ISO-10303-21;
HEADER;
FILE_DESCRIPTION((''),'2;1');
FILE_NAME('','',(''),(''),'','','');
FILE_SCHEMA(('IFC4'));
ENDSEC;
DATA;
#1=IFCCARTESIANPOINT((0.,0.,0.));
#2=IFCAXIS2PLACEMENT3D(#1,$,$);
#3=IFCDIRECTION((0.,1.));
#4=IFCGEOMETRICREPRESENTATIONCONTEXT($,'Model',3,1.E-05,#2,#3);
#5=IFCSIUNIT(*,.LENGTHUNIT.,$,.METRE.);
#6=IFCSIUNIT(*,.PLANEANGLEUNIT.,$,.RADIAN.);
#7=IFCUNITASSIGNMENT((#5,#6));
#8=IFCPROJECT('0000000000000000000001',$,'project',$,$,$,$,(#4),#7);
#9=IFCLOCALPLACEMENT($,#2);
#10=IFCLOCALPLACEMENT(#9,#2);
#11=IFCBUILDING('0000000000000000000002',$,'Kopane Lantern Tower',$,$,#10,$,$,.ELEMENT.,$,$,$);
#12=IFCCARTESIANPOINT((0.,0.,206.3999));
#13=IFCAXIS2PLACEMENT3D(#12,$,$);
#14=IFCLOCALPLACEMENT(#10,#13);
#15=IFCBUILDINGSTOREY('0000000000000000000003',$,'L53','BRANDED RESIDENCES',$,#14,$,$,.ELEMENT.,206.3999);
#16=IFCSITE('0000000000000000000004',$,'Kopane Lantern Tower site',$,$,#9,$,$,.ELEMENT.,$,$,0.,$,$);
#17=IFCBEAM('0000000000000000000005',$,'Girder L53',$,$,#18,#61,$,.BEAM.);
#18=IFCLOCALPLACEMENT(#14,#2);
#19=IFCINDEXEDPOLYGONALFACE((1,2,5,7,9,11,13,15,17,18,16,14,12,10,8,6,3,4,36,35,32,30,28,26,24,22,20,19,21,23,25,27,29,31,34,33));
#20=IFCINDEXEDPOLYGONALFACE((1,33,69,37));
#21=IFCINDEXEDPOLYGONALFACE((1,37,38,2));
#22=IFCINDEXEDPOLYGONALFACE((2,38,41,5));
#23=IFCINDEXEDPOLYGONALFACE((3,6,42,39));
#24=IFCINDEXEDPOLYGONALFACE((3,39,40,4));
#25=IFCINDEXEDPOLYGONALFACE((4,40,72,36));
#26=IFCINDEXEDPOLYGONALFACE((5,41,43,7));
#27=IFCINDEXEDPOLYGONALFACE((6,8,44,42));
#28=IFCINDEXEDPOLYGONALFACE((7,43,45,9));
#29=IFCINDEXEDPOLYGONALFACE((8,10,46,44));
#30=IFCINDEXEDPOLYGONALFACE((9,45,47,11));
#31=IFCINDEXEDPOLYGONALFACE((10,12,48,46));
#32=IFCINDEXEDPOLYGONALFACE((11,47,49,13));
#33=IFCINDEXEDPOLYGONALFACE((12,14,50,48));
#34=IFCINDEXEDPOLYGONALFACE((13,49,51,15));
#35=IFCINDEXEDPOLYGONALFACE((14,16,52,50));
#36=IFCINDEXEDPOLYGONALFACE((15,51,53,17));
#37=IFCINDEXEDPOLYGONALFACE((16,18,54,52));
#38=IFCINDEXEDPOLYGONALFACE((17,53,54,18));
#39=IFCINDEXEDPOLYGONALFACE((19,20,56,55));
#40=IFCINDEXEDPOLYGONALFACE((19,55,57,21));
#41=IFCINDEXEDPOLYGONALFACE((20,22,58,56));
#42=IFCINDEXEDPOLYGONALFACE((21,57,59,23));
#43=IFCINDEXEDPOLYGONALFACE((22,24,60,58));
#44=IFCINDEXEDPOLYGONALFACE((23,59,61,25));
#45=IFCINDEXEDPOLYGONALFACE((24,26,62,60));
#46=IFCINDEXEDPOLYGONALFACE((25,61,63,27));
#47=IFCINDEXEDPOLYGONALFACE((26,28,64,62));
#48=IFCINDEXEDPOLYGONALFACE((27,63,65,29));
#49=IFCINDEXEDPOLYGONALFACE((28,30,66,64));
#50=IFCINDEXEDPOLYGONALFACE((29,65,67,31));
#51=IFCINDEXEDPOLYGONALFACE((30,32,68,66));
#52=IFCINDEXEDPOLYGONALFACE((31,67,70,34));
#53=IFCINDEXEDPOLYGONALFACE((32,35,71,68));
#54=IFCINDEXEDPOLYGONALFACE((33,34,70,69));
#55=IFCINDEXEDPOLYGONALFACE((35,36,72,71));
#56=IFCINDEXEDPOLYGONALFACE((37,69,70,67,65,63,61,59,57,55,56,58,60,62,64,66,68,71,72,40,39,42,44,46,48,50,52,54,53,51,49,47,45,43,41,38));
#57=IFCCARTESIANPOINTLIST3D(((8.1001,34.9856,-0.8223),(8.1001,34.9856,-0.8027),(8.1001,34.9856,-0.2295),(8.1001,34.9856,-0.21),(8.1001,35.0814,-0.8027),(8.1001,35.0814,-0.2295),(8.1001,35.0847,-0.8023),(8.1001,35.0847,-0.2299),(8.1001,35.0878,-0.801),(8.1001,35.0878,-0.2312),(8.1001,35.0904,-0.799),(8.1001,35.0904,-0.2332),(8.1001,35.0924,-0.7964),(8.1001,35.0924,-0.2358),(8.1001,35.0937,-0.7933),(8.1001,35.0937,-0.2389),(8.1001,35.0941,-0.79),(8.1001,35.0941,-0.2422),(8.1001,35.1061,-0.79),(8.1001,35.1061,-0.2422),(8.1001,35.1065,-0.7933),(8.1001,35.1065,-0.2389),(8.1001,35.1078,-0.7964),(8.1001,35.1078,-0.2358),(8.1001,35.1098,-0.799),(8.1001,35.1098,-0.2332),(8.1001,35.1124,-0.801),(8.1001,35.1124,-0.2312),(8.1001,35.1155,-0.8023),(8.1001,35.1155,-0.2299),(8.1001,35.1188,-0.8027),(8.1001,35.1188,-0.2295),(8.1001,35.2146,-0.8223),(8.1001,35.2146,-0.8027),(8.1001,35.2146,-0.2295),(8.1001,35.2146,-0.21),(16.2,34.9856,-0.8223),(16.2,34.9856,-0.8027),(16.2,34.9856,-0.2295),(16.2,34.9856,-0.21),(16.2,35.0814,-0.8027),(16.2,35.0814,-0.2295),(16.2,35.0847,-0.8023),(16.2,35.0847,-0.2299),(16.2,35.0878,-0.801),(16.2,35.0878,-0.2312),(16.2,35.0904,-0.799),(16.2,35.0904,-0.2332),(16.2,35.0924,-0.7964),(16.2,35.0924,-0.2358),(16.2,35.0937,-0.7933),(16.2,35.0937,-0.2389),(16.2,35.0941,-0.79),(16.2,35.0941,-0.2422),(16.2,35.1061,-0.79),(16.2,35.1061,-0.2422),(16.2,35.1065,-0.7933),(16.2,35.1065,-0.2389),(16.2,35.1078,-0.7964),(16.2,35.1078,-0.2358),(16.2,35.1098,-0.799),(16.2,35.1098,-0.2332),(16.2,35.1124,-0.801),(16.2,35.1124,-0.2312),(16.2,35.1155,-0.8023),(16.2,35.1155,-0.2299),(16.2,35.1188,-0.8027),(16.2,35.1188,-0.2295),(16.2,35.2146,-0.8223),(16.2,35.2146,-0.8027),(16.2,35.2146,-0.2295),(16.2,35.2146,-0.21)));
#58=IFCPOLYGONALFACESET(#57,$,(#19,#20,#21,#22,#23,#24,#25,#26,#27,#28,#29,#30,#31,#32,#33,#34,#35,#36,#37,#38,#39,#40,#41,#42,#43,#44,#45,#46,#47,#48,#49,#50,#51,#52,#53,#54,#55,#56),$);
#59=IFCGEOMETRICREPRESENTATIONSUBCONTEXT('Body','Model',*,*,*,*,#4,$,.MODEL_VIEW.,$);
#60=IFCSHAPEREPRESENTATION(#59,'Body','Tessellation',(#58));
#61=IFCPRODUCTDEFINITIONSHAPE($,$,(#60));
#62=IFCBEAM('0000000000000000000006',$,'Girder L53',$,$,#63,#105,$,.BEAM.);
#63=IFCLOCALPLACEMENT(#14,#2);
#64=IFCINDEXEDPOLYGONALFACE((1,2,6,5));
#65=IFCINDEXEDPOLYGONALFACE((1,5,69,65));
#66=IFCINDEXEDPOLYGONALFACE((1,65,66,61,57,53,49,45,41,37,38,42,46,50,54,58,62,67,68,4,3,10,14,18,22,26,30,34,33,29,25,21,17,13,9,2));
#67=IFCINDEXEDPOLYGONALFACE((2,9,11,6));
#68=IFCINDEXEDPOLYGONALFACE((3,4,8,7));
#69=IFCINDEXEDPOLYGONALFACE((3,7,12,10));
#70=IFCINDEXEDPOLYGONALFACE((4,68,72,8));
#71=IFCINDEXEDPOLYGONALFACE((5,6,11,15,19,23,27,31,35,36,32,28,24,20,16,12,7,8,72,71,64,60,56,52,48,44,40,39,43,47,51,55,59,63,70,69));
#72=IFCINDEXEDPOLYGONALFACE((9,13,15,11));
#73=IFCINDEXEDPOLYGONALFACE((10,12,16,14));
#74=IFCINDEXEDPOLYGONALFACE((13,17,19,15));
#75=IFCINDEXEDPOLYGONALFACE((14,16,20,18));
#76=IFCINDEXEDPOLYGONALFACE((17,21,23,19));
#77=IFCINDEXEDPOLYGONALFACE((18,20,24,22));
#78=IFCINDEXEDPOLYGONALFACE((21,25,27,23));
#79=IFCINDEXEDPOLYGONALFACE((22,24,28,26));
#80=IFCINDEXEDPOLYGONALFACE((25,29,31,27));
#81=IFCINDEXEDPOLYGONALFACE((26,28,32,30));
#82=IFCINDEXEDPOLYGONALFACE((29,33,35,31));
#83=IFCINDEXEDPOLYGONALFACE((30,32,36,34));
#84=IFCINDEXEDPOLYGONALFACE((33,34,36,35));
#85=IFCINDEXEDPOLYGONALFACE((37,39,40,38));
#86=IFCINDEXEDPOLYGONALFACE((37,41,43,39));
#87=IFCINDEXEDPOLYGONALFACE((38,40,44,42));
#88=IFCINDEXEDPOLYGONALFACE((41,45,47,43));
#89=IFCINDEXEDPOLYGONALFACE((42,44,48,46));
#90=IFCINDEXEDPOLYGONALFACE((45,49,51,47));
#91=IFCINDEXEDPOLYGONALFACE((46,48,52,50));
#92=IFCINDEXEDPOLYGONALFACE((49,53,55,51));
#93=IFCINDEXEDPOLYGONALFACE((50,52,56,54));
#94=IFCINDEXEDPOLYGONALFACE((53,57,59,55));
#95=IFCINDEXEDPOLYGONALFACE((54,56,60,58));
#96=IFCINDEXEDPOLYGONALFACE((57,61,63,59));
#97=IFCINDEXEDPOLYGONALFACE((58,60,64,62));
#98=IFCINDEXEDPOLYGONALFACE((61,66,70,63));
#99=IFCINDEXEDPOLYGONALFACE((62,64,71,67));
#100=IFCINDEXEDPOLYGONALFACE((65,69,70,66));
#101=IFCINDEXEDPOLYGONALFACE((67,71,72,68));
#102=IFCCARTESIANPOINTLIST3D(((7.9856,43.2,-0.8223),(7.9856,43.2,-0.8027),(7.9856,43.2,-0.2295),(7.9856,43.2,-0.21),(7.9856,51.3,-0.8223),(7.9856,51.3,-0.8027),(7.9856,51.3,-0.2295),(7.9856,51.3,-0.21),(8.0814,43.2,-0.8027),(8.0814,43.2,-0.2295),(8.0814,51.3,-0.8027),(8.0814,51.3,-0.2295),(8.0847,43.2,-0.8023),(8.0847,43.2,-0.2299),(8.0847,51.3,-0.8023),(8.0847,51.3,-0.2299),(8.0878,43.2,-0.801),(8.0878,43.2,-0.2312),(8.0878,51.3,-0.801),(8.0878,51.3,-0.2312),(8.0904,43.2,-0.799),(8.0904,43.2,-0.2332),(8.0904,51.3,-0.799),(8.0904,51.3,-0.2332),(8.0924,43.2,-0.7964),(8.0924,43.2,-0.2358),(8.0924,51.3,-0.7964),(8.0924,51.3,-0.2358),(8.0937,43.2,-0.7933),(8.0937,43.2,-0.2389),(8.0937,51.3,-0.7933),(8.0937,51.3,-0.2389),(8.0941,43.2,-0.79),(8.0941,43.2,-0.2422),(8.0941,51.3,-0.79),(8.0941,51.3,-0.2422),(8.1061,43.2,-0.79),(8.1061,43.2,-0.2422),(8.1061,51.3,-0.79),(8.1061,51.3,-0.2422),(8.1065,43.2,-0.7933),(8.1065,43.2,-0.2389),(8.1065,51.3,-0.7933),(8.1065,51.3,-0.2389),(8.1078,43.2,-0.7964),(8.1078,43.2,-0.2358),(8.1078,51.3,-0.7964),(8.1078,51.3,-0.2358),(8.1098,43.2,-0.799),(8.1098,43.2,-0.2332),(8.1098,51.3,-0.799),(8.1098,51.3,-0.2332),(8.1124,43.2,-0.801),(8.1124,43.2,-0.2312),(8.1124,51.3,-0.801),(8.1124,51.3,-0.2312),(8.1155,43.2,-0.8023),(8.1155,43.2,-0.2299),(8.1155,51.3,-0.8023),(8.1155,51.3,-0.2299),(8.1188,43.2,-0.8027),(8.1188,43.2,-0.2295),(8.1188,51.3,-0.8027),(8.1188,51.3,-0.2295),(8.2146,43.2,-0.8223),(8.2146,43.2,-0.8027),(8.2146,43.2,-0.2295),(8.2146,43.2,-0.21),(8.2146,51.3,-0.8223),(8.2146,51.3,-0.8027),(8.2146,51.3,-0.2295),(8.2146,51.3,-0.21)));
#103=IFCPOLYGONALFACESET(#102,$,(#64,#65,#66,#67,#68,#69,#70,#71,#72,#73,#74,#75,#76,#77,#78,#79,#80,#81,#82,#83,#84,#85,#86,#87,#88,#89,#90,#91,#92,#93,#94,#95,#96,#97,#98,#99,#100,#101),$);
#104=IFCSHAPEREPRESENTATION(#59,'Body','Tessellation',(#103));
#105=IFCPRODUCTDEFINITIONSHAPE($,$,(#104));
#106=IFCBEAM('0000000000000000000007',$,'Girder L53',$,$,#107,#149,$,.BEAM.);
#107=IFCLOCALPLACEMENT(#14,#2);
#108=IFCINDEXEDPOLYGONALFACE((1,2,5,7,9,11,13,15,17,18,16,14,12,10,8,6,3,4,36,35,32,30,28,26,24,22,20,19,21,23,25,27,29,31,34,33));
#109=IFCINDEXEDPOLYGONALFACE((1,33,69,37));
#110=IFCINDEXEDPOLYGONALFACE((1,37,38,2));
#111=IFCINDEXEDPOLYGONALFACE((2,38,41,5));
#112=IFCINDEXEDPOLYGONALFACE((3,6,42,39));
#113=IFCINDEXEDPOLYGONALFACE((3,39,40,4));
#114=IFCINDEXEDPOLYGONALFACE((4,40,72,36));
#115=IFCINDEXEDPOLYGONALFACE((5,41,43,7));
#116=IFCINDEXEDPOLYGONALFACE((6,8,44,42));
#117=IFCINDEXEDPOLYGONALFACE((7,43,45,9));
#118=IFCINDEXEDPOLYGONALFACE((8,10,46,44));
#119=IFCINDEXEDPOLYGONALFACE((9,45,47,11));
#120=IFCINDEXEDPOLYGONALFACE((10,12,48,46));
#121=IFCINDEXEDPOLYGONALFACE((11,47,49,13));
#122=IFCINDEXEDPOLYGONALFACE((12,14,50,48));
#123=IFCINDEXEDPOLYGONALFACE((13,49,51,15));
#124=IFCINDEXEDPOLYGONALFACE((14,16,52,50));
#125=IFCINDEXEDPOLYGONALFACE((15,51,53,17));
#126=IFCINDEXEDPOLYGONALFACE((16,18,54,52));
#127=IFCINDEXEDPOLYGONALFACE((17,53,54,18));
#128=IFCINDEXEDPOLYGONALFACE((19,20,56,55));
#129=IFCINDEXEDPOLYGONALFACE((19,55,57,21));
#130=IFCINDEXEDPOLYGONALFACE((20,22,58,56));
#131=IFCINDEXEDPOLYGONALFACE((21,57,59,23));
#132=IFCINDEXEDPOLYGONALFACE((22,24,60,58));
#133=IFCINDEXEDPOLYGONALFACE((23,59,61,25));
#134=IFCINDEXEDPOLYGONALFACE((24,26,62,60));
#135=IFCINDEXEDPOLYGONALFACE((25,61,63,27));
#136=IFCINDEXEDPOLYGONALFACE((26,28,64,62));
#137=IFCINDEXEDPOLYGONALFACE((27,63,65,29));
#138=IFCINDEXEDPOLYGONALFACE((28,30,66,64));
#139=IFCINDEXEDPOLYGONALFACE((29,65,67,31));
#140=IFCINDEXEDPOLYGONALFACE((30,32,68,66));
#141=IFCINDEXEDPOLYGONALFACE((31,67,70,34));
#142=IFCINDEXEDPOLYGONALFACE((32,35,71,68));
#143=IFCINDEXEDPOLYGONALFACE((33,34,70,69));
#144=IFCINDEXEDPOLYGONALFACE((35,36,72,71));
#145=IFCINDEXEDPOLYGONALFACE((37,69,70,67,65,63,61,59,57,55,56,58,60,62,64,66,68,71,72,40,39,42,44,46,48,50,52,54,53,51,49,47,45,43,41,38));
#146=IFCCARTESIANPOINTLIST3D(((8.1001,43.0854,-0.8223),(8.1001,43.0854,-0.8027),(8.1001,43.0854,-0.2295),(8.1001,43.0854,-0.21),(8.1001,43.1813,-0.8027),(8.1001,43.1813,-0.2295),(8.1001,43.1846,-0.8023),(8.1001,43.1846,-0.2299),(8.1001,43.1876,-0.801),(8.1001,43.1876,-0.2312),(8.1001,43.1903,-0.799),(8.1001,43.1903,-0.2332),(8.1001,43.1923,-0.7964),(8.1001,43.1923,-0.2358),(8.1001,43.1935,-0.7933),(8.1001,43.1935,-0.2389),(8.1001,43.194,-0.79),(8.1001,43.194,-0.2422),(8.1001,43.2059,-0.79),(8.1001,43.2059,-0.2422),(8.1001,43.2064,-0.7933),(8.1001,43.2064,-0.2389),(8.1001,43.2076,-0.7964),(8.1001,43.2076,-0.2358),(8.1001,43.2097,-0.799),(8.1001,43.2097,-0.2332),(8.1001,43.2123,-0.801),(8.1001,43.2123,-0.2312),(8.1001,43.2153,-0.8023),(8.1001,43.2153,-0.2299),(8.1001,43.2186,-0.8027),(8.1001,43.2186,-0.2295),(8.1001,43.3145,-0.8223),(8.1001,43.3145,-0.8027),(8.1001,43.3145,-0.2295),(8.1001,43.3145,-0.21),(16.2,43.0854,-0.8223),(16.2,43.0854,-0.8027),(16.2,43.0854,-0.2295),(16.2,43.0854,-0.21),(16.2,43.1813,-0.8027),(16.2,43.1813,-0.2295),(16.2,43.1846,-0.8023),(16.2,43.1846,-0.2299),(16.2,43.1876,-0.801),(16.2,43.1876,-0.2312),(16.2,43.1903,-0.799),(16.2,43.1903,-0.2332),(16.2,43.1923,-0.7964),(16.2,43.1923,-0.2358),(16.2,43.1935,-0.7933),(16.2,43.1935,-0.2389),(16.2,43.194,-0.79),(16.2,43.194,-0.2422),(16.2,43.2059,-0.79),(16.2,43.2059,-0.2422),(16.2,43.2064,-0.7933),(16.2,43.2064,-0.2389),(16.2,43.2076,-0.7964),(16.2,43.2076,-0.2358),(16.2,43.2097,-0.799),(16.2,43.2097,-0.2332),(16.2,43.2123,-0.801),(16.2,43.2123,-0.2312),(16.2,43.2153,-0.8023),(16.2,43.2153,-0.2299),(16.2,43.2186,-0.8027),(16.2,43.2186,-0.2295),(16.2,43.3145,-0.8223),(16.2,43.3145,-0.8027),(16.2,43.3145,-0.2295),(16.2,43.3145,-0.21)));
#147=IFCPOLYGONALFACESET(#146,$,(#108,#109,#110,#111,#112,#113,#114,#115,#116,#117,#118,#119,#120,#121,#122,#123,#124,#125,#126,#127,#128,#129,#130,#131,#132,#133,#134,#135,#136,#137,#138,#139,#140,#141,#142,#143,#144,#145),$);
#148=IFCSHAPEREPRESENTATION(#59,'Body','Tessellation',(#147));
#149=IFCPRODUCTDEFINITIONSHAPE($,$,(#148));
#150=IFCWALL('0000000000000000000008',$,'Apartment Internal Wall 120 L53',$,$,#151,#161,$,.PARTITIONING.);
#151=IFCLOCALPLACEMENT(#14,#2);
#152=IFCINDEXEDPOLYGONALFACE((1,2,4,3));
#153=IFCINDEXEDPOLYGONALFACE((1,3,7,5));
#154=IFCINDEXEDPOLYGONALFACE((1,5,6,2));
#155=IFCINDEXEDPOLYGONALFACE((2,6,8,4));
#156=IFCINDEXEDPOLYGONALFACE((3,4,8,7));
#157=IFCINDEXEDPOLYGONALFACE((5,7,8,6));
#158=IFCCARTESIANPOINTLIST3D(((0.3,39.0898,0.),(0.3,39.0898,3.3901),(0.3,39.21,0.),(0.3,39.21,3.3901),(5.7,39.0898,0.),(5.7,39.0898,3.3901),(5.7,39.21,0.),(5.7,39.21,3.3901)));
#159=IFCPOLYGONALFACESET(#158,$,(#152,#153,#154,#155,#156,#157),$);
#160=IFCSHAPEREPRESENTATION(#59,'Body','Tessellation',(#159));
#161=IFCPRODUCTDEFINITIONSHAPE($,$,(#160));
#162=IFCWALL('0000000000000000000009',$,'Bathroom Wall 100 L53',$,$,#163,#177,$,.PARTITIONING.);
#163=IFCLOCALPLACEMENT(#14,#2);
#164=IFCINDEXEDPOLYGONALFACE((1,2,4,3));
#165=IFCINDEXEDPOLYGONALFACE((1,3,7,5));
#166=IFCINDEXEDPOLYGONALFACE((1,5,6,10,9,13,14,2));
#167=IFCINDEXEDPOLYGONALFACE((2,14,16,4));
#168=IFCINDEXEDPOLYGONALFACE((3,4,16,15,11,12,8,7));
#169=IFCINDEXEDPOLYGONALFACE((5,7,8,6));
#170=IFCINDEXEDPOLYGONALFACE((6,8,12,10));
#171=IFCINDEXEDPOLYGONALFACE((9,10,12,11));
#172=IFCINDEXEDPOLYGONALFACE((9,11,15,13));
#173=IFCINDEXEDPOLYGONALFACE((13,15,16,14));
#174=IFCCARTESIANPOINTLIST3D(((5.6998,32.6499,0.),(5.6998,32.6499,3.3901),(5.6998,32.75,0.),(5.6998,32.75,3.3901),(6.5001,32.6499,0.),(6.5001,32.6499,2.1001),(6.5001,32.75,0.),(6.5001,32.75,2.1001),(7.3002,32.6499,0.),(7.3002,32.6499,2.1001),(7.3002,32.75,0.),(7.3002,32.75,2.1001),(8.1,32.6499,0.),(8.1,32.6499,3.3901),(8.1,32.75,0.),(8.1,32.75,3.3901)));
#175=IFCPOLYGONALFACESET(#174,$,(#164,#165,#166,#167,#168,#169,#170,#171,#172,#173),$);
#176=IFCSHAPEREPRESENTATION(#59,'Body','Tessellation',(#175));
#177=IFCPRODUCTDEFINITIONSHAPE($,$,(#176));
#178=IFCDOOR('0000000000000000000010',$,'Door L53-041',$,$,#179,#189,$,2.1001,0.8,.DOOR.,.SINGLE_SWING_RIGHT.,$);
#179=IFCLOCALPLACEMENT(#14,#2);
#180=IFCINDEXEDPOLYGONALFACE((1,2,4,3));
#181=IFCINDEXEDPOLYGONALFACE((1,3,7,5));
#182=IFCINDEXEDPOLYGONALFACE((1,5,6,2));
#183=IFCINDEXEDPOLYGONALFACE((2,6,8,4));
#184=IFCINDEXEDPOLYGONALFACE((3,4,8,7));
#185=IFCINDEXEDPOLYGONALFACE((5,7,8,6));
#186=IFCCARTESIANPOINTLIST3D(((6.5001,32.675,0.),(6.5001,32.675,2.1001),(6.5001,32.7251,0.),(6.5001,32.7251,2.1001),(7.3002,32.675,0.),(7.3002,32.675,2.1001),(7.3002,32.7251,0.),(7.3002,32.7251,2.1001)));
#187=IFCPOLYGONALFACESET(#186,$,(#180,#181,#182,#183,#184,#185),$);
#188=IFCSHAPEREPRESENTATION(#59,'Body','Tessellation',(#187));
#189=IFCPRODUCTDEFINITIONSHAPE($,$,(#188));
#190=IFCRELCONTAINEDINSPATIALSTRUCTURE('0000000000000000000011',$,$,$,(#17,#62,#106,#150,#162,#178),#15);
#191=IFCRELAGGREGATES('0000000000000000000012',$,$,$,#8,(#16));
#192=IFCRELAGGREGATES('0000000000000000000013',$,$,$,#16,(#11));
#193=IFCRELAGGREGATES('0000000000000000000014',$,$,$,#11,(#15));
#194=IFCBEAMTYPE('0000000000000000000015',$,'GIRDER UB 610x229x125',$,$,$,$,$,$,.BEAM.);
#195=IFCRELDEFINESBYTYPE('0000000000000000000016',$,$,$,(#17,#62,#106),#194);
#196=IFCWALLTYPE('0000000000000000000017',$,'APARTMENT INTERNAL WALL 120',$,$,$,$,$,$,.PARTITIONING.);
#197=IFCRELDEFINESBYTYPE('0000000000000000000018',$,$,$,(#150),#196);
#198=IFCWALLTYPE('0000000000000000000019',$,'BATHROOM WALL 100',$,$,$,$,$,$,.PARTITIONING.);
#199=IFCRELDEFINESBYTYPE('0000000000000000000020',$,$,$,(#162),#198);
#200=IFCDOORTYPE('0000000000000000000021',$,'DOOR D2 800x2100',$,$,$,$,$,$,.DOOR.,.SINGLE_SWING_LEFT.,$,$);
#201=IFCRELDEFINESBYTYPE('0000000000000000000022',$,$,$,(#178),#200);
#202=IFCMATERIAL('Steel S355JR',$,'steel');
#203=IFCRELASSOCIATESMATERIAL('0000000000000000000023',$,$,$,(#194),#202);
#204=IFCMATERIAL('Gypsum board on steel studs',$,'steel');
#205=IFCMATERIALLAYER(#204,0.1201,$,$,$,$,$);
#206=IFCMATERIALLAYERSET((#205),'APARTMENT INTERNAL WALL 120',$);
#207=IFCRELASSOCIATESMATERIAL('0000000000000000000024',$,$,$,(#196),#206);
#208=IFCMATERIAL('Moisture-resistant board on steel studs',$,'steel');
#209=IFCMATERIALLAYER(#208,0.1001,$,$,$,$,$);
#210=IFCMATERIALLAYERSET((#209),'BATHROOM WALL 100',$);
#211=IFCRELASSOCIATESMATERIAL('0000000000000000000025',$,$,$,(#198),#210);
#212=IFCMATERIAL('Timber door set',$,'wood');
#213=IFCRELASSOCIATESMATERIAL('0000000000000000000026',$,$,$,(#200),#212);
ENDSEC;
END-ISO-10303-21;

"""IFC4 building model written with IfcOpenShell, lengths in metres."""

from ifc_helpers import new_model, si_unit, direction, frame, frame_2d, origin, origin_2d, place, context, subcontext, project, spatial, rectangle, i_section, extrude, material, layer, layer_set, material_profile, profile_set, type_object, element, fill, save


model = new_model("IFC4")

# Units and contexts
model_context = context("Model", 3, precision=1e-05, world=origin(), true_north=direction((0.0, 1.0)))
body_context = subcontext(model_context, "Body", "Model", "MODEL_VIEW")
ifc_project = project(units=[si_unit("LENGTHUNIT", "METRE"), si_unit("PLANEANGLEUNIT", "RADIAN")], contexts=[model_context])

# Site, building, storey
site_placement = place(None, origin())
site = spatial("IfcSite", under=ifc_project, at=site_placement, Name="Kopane Lantern Tower site", CompositionType="ELEMENT", RefElevation=0.0)
building_placement = place(site_placement, origin())
building = spatial("IfcBuilding", under=site, at=building_placement, Name="Kopane Lantern Tower", CompositionType="ELEMENT")
storey_placement = place(building_placement, frame((0.0, 0.0, 206.3999)))
storey = spatial("IfcBuildingStorey", under=building, at=storey_placement, Name="L53", Description="BRANDED RESIDENCES", CompositionType="ELEMENT", Elevation=206.3999)

# Beams
ifc_material_1 = material(Name="Steel S355JR", Category="steel")
ifc_material_profile_1 = material_profile(ifc_material_1, i_section(OverallWidth=0.229, OverallDepth=0.6123, WebThickness=0.012, FlangeThickness=0.0195, FilletRadius=0.0127, at=origin_2d()), Name="UB 610x229x125")
ifc_profile_set_1 = profile_set([ifc_material_profile_1], Name="Steel S355JR")
beam_type = type_object("IfcBeamType", Name="GIRDER UB 610x229x125", PredefinedType="BEAM", material=ifc_profile_set_1)
for number, where, z_axis, x_axis, name in (
    (1, (8.1001, 35.1001, -0.5161), (1.0, 0.0, 0.0), (0.0, 1.0, 0.0), "Girder L53"),
):
    element("IfcBeam", number, at=place(storey_placement, frame(where, z_axis=z_axis, x_axis=x_axis)), inside=storey, type_object=beam_type, Name=name, PredefinedType="BEAM", context=body_context, shape_type="SweptSolid", body=[
        extrude(i_section(OverallWidth=0.229, OverallDepth=0.6123, WebThickness=0.012, FlangeThickness=0.0195, FilletRadius=0.0127, at=origin_2d()), origin(), (0.0, 0.0, 1.0), 8.0999),
    ])
beam_1_placement = place(storey_placement, frame((8.1001, 43.2, -0.5161), z_axis=(0.0, 1.0, 0.0), x_axis=(-1.0, 0.0, 0.0)))
element("IfcBeam", 2, at=beam_1_placement, inside=storey, type_object=beam_type, Name="Girder L53", PredefinedType="BEAM", context=body_context, shape_type="SweptSolid", body=[
    extrude(i_section(OverallWidth=0.229, OverallDepth=0.6123, WebThickness=0.012, FlangeThickness=0.0195, FilletRadius=0.0127, at=origin_2d()), origin(), (0.0, 0.0, 1.0), 8.1001),
])
beam_2_placement = place(storey_placement, frame((8.1001, 43.2, -0.5161), z_axis=(1.0, 0.0, 0.0), x_axis=(0.0, 1.0, 0.0)))
element("IfcBeam", 3, at=beam_2_placement, inside=storey, type_object=beam_type, Name="Girder L53", PredefinedType="BEAM", context=body_context, shape_type="SweptSolid", body=[
    extrude(i_section(OverallWidth=0.229, OverallDepth=0.6123, WebThickness=0.012, FlangeThickness=0.0195, FilletRadius=0.0127, at=origin_2d()), origin(), (0.0, 0.0, 1.0), 8.0999),
])

# Wall
ifc_material_2 = material(Name="Gypsum board on steel studs", Category="steel")
ifc_layer_1 = layer(ifc_material_2, 0.1201)
ifc_layer_set_1 = layer_set([ifc_layer_1], Name="APARTMENT INTERNAL WALL 120")
wall_type_1 = type_object("IfcWallType", Name="APARTMENT INTERNAL WALL 120", PredefinedType="PARTITIONING", material=ifc_layer_set_1)
wall_1_placement = place(storey_placement, frame((5.7, 39.1499, 0.0), z_axis=(0.0, 0.0, 1.0), x_axis=(-1.0, 0.0, 0.0)))
element("IfcWall", 4, at=wall_1_placement, inside=storey, type_object=wall_type_1, Name="Apartment Internal Wall 120 L53", PredefinedType="PARTITIONING", context=body_context, shape_type="SweptSolid", body=[
    extrude(rectangle(XDim=5.3999, YDim=0.1201, at=frame_2d((2.7, 0.0))), origin(), (0.0, 0.0, 1.0), 3.3901),
])

# Wall, opening, door
ifc_material_3 = material(Name="Moisture-resistant board on steel studs", Category="steel")
ifc_layer_2 = layer(ifc_material_3, 0.1001)
ifc_layer_set_2 = layer_set([ifc_layer_2], Name="BATHROOM WALL 100")
wall_type_2 = type_object("IfcWallType", Name="BATHROOM WALL 100", PredefinedType="PARTITIONING", material=ifc_layer_set_2)
wall_2_placement = place(storey_placement, frame((8.1001, 32.7, 0.0), z_axis=(0.0, 0.0, 1.0), x_axis=(-1.0, 0.0, 0.0)))
wall_2 = element("IfcWall", 5, at=wall_2_placement, inside=storey, type_object=wall_type_2, Name="Bathroom Wall 100 L53", PredefinedType="PARTITIONING", context=body_context, shape_type="SweptSolid", body=[
    extrude(rectangle(XDim=2.4001, YDim=0.1001, at=frame_2d((1.2002, 0.0))), origin(), (0.0, 0.0, 1.0), 3.3901),
])
opening_1_placement = place(wall_2_placement, frame((0.8, 0.0, 0.0)))
opening_1 = element("IfcOpeningElement", 6, at=opening_1_placement, cuts=wall_2, PredefinedType="OPENING", context=body_context, shape_type="SweptSolid", body=[
    extrude(rectangle(XDim=0.8, YDim=2.1001, at=frame_2d((0.3999, 1.05))), frame((0.0, 0.0601, 0.0), z_axis=(0.0, -1.0, 0.0), x_axis=(1.0, 0.0, 0.0)), (0.0, 0.0, 1.0), 0.1201),
])
ifc_material_4 = material(Name="Timber door set", Category="wood")
door_type = type_object("IfcDoorType", Name="DOOR D2 800x2100", OperationType="SINGLE_SWING_LEFT", PredefinedType="DOOR", material=ifc_material_4)
door_1_placement = place(opening_1_placement, origin())
door_1 = element("IfcDoor", 7, at=door_1_placement, inside=storey, type_object=door_type, Name="Door L53-041", OperationType="SINGLE_SWING_RIGHT", OverallHeight=2.1001, OverallWidth=0.8, PredefinedType="DOOR", context=body_context, shape_type="SweptSolid", body=[
    extrude(rectangle(XDim=0.8, YDim=2.1001, at=frame_2d((0.3999, 1.05))), frame((0.0, 0.0249, 0.0), z_axis=(0.0, -1.0, 0.0), x_axis=(1.0, 0.0, 0.0)), (0.0, 0.0, 1.0), 0.05),
])
fill(opening_1, door_1)

save(model, "model.ifc")
